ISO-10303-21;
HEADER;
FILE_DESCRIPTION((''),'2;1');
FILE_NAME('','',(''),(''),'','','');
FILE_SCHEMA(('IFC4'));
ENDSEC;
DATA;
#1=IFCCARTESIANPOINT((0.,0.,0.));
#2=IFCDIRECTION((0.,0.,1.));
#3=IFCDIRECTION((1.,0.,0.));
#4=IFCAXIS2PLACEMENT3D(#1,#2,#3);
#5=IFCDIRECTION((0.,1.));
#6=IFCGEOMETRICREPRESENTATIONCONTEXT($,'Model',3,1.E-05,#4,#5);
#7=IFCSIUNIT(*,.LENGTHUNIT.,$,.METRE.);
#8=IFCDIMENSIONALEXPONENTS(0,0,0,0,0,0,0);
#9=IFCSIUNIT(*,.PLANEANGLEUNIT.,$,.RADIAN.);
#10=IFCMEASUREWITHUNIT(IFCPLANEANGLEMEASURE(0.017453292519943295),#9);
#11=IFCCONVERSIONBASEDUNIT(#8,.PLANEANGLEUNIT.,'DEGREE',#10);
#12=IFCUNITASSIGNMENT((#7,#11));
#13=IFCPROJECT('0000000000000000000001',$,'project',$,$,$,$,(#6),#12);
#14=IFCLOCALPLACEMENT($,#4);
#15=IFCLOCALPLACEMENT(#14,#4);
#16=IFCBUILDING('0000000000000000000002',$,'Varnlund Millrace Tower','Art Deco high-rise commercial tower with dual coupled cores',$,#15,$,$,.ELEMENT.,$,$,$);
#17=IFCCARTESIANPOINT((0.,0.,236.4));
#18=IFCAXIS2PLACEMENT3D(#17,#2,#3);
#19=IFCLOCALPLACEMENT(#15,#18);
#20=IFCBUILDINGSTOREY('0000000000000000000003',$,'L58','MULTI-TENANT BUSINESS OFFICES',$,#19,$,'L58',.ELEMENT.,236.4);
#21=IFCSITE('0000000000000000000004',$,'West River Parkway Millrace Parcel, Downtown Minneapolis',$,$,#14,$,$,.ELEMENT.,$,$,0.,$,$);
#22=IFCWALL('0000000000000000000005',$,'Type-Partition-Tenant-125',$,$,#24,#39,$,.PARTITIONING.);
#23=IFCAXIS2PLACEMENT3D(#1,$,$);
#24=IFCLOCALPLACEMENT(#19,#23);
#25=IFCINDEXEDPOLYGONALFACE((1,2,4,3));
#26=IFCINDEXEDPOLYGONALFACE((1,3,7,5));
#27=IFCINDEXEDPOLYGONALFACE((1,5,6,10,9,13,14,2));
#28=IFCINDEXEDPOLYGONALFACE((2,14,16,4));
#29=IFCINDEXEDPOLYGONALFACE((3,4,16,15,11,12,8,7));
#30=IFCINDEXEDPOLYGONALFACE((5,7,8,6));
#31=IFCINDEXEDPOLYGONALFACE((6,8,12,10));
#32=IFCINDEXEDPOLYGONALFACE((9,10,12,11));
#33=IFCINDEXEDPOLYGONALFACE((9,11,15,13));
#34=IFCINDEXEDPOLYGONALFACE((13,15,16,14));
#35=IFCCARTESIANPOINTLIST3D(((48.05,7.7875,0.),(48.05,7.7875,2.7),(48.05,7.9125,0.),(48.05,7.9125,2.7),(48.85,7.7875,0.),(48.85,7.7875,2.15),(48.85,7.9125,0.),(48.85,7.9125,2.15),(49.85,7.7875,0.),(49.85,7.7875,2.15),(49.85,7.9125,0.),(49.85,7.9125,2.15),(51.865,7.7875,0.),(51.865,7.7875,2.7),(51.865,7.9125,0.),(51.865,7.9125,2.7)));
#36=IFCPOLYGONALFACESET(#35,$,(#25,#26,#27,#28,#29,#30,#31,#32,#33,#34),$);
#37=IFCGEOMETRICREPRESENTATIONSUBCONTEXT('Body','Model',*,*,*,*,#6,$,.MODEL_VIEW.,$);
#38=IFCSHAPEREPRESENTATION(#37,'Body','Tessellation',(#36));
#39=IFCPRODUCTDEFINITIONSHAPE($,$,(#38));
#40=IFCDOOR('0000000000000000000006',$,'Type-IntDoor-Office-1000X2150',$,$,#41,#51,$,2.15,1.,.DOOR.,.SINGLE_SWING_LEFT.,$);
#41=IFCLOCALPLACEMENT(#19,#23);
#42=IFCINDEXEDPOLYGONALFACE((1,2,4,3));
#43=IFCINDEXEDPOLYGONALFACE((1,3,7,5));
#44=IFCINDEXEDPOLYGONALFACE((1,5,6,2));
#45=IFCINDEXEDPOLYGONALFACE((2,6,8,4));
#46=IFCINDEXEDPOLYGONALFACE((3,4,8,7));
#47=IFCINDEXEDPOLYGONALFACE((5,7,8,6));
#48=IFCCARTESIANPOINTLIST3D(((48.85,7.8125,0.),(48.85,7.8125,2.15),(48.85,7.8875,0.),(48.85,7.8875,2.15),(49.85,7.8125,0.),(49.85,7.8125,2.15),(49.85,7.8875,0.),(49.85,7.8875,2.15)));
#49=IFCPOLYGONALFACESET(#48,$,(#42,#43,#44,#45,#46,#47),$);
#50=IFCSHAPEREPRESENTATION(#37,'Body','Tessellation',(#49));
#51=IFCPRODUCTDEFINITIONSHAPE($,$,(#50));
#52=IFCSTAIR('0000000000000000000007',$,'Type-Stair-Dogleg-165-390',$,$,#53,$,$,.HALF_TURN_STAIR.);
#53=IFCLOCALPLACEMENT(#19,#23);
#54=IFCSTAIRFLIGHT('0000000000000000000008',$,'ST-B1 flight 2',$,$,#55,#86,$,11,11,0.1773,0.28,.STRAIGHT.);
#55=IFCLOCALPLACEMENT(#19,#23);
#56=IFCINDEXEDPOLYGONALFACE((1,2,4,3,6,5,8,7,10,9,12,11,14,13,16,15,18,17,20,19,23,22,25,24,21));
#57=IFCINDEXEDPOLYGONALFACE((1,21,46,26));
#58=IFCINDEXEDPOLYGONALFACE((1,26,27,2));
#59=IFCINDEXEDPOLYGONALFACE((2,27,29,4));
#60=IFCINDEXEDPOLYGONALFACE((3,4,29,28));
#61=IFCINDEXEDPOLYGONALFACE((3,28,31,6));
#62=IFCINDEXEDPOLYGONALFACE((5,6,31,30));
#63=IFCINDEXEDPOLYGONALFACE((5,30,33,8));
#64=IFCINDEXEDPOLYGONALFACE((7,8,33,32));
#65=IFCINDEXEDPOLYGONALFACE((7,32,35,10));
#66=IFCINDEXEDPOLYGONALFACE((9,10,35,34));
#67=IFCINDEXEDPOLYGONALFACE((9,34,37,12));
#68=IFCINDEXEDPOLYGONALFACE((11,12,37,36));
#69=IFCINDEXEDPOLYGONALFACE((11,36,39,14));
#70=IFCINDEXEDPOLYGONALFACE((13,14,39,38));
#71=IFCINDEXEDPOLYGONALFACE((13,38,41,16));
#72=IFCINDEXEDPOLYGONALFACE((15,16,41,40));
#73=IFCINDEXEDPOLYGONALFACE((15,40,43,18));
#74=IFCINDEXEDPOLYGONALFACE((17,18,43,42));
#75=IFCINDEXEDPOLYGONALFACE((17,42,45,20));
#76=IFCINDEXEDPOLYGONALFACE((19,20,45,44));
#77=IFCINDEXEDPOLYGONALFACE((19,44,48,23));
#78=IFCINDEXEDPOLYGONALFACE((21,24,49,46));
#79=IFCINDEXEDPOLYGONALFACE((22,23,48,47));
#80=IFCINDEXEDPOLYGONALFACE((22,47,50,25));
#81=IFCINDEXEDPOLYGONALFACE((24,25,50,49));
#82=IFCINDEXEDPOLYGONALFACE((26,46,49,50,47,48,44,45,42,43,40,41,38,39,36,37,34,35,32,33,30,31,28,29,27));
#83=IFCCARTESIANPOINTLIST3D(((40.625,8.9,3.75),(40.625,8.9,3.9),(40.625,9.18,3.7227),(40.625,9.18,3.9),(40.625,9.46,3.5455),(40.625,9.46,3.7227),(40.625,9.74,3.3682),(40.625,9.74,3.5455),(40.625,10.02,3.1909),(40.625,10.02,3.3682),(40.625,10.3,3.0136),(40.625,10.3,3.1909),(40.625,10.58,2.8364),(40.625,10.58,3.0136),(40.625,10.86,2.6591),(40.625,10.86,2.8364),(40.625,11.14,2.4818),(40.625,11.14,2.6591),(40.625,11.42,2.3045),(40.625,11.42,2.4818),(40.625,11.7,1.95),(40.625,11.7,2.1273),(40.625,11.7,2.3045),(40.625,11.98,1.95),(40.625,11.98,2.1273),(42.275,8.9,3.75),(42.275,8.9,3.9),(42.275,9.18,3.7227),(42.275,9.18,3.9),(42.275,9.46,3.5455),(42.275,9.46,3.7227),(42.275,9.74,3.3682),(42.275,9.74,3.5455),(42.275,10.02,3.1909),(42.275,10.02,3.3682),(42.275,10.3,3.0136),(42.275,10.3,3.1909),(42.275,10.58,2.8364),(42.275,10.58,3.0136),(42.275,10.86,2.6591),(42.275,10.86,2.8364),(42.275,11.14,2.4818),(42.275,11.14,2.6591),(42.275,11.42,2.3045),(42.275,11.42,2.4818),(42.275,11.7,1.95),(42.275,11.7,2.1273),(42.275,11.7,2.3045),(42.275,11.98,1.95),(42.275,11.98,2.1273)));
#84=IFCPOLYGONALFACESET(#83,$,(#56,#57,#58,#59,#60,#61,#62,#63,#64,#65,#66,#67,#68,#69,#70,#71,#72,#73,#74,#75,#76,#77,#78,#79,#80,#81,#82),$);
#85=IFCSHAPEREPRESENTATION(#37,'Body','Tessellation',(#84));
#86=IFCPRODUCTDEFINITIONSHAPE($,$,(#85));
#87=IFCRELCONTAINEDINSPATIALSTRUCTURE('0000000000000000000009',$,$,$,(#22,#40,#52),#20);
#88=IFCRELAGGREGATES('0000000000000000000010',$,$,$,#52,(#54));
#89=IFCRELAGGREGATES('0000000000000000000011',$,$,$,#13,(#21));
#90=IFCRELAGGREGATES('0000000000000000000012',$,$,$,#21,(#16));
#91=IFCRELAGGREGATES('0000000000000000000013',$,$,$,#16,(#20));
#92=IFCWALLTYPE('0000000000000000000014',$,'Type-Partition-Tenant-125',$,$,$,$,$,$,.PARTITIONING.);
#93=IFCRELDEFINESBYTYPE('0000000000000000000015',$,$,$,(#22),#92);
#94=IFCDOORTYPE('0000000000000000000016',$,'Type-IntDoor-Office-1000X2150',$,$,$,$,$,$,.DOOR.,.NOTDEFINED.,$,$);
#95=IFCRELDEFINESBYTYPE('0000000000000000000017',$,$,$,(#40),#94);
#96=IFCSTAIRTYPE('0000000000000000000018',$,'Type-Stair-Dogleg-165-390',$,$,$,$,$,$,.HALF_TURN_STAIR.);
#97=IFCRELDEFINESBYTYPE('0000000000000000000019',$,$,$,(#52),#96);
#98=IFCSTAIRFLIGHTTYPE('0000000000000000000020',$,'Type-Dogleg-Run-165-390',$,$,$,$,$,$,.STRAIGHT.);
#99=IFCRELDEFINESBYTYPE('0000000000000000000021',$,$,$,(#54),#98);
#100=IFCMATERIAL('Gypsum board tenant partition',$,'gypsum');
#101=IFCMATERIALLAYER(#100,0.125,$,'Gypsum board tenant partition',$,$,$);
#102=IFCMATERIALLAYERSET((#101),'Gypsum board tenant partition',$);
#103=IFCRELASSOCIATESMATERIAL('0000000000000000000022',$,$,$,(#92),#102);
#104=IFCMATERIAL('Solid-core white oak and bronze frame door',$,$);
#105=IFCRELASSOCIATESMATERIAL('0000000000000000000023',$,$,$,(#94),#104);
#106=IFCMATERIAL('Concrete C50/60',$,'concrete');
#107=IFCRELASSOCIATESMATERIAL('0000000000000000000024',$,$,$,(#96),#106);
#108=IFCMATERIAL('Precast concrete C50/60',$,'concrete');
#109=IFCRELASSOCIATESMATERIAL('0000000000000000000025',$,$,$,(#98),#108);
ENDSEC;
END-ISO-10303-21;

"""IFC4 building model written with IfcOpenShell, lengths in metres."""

from ifc_helpers import new_model, entity, si_unit, converted_unit, direction, frame, origin_with_axes, origin_2d_with_axis, place, context, subcontext, project, spatial, polyline, rectangle, outline, extrude, material, layer, layer_set, type_object, element, fill, aggregate, save


model = new_model("IFC4")

# Units and contexts
model_context = context("Model", 3, precision=1e-05, world=origin_with_axes(), true_north=direction((0.0, 1.0)))
body_context = subcontext(model_context, "Body", "Model", "MODEL_VIEW")
ifc_project = project(units=[si_unit("LENGTHUNIT", "METRE"), converted_unit("PLANEANGLEUNIT", "DEGREE", entity("IfcPlaneAngleMeasure", 0.017453292519943295), si_unit("PLANEANGLEUNIT", "RADIAN"), dimensions=[0, 0, 0, 0, 0, 0, 0])], contexts=[model_context])

# Site, building, storey
site_placement = place(None, origin_with_axes())
site = spatial("IfcSite", under=ifc_project, at=site_placement, Name="West River Parkway Millrace Parcel, Downtown Minneapolis", CompositionType="ELEMENT", RefElevation=0.0)
building_placement = place(site_placement, origin_with_axes())
building = spatial("IfcBuilding", under=site, at=building_placement, Name="Varnlund Millrace Tower", Description="Art Deco high-rise commercial tower with dual coupled cores", CompositionType="ELEMENT")
storey_placement = place(building_placement, frame((0.0, 0.0, 236.4), z_axis=(0.0, 0.0, 1.0), x_axis=(1.0, 0.0, 0.0)))
storey = spatial("IfcBuildingStorey", under=building, at=storey_placement, Name="L58", Description="MULTI-TENANT BUSINESS OFFICES", LongName="L58", CompositionType="ELEMENT", Elevation=236.4)

# Shared definitions
ifc_material_1 = material(Name="Precast concrete C50/60", Category="concrete")

# Wall, opening, door
ifc_material_2 = material(Name="Gypsum board tenant partition", Category="gypsum")
ifc_layer_1 = layer(ifc_material_2, 0.125, Name="Gypsum board tenant partition")
ifc_layer_set_1 = layer_set([ifc_layer_1], Name="Gypsum board tenant partition")
wall_type_1 = type_object("IfcWallType", Name="Type-Partition-Tenant-125", PredefinedType="PARTITIONING", material=ifc_layer_set_1)
wall_1_placement = place(storey_placement, frame((51.865, 7.85, 0.0), z_axis=(0.0, 0.0, 1.0), x_axis=(-1.0, 0.0, 0.0)))
wall_1 = element("IfcWall", 1, at=wall_1_placement, inside=storey, type_object=wall_type_1, Name="Type-Partition-Tenant-125", PredefinedType="PARTITIONING", context=body_context, shape_type="SweptSolid", body=[
    extrude(outline(polyline([(0.0, -0.0625), (3.815, -0.0625), (3.815, 0.0625), (0.0, 0.0625), (0.0, -0.0625)])), origin_with_axes(), (0.0, 0.0, 1.0), 2.7),
])
opening_1_placement = place(wall_1_placement, frame((2.515, 0.0, 0.0), z_axis=(0.0, 0.0, 1.0), x_axis=(1.0, 0.0, 0.0)))
opening_1 = element("IfcOpeningElement", 2, at=opening_1_placement, cuts=wall_1, PredefinedType="OPENING", context=body_context, shape_type="SweptSolid", body=[
    extrude(rectangle(XDim=1.0, YDim=0.145, at=origin_2d_with_axis()), origin_with_axes(), (0.0, 0.0, 1.0), 2.15),
])
ifc_material_3 = material(Name="Solid-core white oak and bronze frame door")
door_type = type_object("IfcDoorType", Name="Type-IntDoor-Office-1000X2150", OperationType="NOTDEFINED", PredefinedType="DOOR", material=ifc_material_3)
door_placement = place(wall_1_placement, frame((2.515, 0.0, 0.0), z_axis=(0.0, 0.0, 1.0), x_axis=(1.0, 0.0, 0.0)))
door = element("IfcDoor", 3, at=door_placement, inside=storey, type_object=door_type, Name="Type-IntDoor-Office-1000X2150", OperationType="SINGLE_SWING_LEFT", OverallHeight=2.15, OverallWidth=1.0, PredefinedType="DOOR", context=body_context, shape_type="SweptSolid", body=[
    extrude(rectangle(XDim=1.0, YDim=0.075, at=origin_2d_with_axis()), origin_with_axes(), (0.0, 0.0, 1.0), 2.15),
])
fill(opening_1, door)

# Stair, stair flight
ifc_material_4 = material(Name="Concrete C50/60", Category="concrete")
stair_type = type_object("IfcStairType", Name="Type-Stair-Dogleg-165-390", PredefinedType="HALF_TURN_STAIR", material=ifc_material_4)
stair_placement = place(storey_placement, origin_with_axes())
stair = element("IfcStair", 4, at=stair_placement, inside=storey, type_object=stair_type, Name="Type-Stair-Dogleg-165-390", PredefinedType="HALF_TURN_STAIR")
stair_flight_type = type_object("IfcStairFlightType", Name="Type-Dogleg-Run-165-390", PredefinedType="STRAIGHT", material=ifc_material_1)
stair_flight_placement = place(storey_placement, frame((42.275, 11.98, 1.95), z_axis=(-1.0, 0.0, 0.0), x_axis=(0.0, -1.0, 0.0)))
stair_flight = element("IfcStairFlight", 5, at=stair_flight_placement, type_object=stair_flight_type, Name="ST-B1 flight 2", NumberOfRisers=11, NumberOfTreads=11, PredefinedType="STRAIGHT", RiserHeight=0.1773, TreadLength=0.28, context=body_context, shape_type="SweptSolid", body=[
    extrude(outline(polyline([(0.0, 0.0), (0.0, 0.1773), (0.28, 0.1773), (0.28, 0.3545), (0.56, 0.3545), (0.56, 0.5318), (0.84, 0.5318), (0.84, 0.7091), (1.12, 0.7091), (1.12, 0.8864), (1.4, 0.8864), (1.4, 1.0636), (1.68, 1.0636), (1.68, 1.2409), (1.96, 1.2409), (1.96, 1.4182), (2.24, 1.4182), (2.24, 1.5955), (2.52, 1.5955), (2.52, 1.7727), (2.8, 1.7727), (2.8, 1.95), (3.08, 1.95), (3.08, 1.8), (0.28, 0.0), (0.0, 0.0)])), origin_with_axes(), (0.0, 0.0, 1.0), 1.65),
])
aggregate(stair, [stair_flight])

save(model, "model.ifc")
